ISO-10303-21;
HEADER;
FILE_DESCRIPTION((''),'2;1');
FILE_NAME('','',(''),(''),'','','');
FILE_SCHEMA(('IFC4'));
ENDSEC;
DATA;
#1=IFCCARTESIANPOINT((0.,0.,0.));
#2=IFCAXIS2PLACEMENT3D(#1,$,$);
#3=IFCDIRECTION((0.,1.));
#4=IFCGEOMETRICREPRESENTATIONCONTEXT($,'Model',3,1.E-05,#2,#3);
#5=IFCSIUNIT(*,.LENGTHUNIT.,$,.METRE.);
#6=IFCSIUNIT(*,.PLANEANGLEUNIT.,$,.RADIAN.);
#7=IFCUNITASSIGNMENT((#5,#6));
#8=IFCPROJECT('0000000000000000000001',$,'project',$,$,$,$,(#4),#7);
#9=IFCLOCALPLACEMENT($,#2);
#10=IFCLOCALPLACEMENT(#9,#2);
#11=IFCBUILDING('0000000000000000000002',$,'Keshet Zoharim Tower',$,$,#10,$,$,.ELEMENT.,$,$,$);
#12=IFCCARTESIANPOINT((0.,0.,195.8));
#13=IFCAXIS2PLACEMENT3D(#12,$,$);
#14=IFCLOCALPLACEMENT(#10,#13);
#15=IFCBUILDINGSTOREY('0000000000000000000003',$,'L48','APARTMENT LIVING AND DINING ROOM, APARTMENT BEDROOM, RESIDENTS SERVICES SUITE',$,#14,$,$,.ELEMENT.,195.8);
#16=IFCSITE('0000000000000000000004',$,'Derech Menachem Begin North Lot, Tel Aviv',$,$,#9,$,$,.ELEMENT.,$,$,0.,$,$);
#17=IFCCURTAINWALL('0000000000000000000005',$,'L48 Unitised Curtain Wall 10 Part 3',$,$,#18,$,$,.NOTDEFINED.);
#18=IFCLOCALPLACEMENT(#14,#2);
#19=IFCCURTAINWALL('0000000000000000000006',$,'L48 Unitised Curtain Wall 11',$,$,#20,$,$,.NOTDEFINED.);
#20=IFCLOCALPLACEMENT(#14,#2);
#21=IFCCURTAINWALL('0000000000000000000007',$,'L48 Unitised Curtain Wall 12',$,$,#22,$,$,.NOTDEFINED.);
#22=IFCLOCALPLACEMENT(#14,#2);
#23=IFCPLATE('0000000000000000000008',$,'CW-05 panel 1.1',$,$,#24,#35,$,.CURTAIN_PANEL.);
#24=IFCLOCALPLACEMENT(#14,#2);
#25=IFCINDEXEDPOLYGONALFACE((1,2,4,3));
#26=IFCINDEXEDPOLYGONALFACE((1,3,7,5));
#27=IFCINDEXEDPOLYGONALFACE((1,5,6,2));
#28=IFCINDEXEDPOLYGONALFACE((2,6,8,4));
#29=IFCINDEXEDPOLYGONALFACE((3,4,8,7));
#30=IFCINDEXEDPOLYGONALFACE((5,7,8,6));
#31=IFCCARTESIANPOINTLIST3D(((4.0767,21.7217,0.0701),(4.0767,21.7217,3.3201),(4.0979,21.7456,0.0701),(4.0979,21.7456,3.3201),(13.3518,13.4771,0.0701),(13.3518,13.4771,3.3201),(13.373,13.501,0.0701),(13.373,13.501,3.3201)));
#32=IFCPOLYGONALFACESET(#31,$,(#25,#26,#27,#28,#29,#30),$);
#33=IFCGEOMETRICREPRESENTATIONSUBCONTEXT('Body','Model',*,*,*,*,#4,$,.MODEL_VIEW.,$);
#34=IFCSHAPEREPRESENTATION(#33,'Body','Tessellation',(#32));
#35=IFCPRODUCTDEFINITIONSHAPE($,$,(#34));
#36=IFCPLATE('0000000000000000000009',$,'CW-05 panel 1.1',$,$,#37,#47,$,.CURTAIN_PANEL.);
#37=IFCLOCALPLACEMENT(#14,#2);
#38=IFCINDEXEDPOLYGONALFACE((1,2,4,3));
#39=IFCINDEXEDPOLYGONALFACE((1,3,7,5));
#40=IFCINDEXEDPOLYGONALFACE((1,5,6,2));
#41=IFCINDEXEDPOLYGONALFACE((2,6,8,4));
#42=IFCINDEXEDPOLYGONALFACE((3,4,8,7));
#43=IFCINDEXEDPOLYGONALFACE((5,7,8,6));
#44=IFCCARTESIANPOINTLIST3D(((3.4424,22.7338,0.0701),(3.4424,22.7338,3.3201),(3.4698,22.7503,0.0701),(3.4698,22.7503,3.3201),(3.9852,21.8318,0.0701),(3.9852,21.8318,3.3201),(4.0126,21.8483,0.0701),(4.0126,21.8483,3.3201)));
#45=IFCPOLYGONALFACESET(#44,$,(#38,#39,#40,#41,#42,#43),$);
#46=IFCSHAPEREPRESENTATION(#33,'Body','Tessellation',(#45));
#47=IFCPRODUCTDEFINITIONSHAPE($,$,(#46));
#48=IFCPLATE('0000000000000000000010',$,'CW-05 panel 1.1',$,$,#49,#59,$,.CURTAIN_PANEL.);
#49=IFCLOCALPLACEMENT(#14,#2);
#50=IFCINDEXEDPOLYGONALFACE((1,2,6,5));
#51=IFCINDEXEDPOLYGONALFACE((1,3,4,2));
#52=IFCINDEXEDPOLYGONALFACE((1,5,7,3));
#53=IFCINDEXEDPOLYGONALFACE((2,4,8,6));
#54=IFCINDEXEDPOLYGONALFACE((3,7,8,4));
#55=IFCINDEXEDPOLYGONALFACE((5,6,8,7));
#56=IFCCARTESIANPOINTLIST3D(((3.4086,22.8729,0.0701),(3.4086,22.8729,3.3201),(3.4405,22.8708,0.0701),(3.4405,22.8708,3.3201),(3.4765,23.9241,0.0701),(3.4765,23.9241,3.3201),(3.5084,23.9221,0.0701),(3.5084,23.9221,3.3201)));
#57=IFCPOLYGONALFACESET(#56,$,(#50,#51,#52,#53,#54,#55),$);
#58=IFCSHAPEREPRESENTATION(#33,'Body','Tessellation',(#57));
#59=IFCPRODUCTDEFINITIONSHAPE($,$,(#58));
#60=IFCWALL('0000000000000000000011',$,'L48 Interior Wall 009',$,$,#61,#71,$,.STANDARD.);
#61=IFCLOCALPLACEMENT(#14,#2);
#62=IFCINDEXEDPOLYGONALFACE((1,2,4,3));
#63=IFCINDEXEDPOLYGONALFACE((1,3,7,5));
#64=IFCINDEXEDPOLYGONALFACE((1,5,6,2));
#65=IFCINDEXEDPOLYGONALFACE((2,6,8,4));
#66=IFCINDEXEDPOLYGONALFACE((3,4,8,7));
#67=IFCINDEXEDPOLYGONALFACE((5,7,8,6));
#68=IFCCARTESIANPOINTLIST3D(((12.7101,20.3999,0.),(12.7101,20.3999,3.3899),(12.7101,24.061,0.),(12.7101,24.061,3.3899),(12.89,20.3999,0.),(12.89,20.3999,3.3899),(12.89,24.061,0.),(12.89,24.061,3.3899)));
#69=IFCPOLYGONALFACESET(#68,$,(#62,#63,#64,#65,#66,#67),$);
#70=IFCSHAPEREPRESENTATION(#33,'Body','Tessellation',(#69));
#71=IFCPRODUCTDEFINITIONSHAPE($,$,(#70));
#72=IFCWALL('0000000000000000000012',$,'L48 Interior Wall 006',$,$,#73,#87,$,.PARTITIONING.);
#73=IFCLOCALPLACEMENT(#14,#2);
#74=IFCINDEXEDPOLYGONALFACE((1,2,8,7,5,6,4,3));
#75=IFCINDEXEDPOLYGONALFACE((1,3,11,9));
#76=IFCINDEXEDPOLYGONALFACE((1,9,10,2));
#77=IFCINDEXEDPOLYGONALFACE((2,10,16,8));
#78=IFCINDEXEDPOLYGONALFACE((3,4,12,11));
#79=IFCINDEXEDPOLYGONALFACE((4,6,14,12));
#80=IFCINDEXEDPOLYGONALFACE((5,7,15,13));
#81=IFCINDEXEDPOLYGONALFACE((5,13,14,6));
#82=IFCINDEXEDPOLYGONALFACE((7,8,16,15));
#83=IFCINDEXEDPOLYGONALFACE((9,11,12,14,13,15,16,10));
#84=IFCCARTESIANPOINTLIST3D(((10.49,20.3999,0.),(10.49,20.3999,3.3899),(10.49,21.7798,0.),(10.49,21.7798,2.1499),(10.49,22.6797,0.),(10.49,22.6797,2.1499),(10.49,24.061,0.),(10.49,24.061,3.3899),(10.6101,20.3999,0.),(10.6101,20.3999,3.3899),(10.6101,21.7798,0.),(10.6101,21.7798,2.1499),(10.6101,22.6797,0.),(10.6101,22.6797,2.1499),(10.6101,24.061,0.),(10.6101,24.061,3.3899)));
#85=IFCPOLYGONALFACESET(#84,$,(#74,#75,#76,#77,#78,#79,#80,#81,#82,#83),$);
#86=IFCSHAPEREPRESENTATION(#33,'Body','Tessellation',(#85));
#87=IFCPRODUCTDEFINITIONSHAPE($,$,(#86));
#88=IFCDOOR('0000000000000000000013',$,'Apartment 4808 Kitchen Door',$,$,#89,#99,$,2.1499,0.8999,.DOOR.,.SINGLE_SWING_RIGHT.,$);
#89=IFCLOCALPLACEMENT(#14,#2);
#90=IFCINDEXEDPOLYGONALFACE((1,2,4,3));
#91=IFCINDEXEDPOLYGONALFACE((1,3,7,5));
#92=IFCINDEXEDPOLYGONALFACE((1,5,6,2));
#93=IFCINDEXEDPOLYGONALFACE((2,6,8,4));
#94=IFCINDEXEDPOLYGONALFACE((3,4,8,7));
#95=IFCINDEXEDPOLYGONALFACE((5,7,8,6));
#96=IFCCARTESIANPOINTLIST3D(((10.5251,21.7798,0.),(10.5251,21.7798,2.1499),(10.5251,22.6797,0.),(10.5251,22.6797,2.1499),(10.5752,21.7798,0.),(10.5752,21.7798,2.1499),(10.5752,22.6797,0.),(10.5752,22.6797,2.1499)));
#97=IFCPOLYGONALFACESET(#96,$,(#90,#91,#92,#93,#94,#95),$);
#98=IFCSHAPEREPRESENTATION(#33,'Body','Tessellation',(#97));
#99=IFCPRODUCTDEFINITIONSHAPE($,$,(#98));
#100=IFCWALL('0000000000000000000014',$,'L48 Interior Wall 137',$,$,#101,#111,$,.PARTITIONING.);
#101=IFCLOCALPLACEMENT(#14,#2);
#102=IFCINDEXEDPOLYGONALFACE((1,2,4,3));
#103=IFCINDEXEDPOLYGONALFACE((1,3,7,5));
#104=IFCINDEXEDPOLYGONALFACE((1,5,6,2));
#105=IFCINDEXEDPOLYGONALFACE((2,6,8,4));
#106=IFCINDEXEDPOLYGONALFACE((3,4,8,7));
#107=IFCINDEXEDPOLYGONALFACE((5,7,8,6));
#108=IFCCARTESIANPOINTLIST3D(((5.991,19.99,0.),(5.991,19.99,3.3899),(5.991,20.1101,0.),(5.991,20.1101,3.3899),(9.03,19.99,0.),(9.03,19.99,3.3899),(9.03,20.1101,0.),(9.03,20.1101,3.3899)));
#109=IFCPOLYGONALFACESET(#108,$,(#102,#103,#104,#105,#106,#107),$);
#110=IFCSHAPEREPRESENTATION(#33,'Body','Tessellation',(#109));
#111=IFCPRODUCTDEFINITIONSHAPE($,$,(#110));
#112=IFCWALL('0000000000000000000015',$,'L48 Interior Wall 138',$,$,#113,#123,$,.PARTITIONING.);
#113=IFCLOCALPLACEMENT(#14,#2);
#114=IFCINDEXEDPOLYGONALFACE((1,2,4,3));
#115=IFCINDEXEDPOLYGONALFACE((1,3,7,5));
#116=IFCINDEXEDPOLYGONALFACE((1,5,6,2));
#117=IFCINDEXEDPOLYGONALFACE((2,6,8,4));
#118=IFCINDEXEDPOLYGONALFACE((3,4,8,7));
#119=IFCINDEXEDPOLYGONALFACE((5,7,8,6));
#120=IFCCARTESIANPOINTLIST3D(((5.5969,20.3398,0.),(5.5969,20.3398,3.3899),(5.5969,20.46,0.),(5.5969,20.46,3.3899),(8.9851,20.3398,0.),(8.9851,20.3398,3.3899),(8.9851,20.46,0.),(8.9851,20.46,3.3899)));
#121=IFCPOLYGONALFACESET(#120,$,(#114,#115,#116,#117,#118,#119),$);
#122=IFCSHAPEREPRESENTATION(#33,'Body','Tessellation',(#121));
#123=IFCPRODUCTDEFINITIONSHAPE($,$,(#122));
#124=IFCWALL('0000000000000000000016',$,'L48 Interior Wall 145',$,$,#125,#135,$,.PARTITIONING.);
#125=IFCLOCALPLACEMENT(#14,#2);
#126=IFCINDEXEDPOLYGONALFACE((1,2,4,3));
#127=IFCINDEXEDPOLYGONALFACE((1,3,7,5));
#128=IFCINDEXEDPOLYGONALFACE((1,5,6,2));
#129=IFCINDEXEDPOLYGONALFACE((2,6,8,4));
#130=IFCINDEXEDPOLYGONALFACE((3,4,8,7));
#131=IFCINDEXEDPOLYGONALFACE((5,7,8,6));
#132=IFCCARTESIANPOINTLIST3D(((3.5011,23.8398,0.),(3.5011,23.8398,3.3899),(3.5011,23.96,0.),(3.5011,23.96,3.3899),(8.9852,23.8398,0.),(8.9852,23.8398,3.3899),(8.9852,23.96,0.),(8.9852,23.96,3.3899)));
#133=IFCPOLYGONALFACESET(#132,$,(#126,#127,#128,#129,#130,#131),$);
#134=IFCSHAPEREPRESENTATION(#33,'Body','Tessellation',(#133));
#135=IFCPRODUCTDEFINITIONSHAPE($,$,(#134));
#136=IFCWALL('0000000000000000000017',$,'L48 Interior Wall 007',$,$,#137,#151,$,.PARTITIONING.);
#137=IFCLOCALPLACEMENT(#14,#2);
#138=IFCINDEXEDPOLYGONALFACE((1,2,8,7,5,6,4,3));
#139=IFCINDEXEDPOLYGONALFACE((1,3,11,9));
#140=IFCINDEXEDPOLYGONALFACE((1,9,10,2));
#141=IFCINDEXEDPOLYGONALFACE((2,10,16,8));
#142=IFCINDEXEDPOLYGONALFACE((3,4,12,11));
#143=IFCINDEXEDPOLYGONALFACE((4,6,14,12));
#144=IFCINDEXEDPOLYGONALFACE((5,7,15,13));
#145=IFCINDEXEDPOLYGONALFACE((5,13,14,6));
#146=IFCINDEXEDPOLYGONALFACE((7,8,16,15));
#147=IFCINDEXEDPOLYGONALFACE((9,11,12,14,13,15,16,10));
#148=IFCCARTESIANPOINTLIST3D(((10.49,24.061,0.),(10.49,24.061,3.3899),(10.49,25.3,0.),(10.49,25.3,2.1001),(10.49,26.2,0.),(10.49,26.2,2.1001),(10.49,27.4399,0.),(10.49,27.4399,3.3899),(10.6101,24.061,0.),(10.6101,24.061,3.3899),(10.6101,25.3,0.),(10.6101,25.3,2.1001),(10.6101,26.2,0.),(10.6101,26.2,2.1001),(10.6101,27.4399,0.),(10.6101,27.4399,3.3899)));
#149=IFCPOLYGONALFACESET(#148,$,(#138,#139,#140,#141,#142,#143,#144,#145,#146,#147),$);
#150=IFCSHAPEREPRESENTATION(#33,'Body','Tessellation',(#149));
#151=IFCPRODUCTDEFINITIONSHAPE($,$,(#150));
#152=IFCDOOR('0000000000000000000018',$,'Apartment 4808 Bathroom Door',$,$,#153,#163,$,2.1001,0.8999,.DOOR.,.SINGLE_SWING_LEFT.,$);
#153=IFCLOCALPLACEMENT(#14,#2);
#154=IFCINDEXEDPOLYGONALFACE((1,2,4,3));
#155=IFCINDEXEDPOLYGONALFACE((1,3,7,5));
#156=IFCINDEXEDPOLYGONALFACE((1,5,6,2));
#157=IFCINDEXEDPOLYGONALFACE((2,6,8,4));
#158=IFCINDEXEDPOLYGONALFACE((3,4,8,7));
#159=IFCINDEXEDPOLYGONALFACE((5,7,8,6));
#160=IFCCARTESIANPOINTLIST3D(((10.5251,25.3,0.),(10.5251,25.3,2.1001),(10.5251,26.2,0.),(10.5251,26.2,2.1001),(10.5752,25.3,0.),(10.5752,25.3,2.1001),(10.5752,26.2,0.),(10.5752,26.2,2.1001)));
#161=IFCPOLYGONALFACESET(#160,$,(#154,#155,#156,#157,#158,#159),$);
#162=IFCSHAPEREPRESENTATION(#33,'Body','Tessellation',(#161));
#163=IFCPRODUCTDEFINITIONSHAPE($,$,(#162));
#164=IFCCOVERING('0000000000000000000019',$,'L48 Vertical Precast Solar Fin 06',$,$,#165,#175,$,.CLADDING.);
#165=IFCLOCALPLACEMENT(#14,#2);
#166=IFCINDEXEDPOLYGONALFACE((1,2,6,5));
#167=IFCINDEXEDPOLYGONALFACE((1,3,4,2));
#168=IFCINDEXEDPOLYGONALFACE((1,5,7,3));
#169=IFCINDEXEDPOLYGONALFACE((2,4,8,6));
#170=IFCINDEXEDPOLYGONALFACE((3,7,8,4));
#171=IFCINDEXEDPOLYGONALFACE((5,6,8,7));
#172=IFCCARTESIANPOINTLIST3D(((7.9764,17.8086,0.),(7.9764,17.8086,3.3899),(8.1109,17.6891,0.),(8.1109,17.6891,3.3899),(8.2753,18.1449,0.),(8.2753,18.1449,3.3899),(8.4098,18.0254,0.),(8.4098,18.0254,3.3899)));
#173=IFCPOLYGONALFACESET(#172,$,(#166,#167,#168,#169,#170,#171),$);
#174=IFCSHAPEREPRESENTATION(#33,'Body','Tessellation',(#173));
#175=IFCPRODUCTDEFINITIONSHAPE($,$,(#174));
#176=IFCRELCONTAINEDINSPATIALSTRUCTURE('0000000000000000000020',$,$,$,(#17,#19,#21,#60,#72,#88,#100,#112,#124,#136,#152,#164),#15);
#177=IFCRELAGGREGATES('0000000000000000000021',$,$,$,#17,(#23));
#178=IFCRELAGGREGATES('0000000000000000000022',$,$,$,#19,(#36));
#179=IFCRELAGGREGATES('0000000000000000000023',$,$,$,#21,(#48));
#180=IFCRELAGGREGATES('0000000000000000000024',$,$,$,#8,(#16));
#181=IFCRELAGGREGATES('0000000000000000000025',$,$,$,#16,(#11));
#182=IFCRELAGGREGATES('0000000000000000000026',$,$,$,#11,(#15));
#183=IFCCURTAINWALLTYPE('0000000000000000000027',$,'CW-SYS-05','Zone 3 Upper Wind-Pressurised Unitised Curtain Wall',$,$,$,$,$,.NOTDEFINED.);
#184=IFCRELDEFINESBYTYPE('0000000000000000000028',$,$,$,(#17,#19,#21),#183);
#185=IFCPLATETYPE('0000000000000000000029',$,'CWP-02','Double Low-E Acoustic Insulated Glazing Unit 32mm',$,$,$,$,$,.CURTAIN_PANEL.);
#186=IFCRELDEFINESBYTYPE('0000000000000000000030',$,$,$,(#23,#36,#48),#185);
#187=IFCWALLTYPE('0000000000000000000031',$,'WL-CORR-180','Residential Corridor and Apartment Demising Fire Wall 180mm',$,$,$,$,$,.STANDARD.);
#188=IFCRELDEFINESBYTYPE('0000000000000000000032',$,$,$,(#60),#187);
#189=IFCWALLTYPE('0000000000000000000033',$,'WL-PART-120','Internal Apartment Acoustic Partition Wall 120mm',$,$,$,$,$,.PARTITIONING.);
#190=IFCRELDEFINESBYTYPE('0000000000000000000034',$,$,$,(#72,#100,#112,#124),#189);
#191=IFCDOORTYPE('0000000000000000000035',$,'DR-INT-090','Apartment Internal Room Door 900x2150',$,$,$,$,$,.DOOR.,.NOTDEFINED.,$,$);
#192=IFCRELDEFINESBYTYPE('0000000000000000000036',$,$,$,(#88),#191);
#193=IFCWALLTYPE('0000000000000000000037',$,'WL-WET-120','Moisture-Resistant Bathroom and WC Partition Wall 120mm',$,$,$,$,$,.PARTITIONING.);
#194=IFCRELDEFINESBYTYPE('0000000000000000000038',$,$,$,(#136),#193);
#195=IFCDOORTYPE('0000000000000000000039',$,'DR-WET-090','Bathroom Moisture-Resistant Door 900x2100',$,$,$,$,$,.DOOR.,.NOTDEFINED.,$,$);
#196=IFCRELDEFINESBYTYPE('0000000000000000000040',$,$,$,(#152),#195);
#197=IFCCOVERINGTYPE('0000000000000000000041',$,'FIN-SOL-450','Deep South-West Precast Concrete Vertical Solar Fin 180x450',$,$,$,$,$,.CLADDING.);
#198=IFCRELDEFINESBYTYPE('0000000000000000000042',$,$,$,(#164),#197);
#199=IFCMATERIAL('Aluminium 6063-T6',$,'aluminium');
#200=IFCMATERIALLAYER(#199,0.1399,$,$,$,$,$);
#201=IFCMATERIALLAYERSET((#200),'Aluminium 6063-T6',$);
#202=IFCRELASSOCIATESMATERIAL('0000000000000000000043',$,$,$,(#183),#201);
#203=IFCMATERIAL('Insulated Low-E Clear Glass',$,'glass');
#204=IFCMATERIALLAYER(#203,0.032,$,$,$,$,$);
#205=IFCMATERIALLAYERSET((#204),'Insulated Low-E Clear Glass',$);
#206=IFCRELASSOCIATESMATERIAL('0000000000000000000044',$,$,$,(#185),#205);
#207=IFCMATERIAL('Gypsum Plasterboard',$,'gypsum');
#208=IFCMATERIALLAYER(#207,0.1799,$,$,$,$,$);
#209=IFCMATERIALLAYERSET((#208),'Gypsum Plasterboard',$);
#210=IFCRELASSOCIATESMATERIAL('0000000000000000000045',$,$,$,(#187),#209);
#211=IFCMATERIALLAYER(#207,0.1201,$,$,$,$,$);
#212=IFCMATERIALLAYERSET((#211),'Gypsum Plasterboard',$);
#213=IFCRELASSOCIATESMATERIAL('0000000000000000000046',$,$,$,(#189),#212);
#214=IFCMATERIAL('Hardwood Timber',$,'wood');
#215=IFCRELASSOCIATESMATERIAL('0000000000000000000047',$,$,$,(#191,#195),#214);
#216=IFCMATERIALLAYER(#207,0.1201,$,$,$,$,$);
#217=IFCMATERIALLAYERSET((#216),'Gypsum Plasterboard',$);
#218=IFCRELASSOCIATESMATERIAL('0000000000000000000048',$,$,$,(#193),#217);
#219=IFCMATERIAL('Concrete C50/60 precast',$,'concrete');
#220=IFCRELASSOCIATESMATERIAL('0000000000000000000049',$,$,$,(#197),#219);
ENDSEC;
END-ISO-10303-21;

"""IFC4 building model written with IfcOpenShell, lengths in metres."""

from ifc_helpers import new_model, si_unit, direction, frame, frame_2d, origin, origin_2d, place, context, subcontext, project, spatial, rectangle, extrude, material, layer, layer_set, type_object, element, fill, aggregate, save


model = new_model("IFC4")

# Units and contexts
model_context = context("Model", 3, precision=1e-05, world=origin(), true_north=direction((0.0, 1.0)))
body_context = subcontext(model_context, "Body", "Model", "MODEL_VIEW")
ifc_project = project(units=[si_unit("LENGTHUNIT", "METRE"), si_unit("PLANEANGLEUNIT", "RADIAN")], contexts=[model_context])

# Site, building, storey
site_placement = place(None, origin())
site = spatial("IfcSite", under=ifc_project, at=site_placement, Name="Derech Menachem Begin North Lot, Tel Aviv", CompositionType="ELEMENT", RefElevation=0.0)
building_placement = place(site_placement, origin())
building = spatial("IfcBuilding", under=site, at=building_placement, Name="Keshet Zoharim Tower", CompositionType="ELEMENT")
storey_placement = place(building_placement, frame((0.0, 0.0, 195.8)))
storey = spatial("IfcBuildingStorey", under=building, at=storey_placement, Name="L48", Description="APARTMENT LIVING AND DINING ROOM, APARTMENT BEDROOM, RESIDENTS SERVICES SUITE", CompositionType="ELEMENT", Elevation=195.8)

# Curtain wall
ifc_material_1 = material(Name="Aluminium 6063-T6", Category="aluminium")
ifc_layer_1 = layer(ifc_material_1, 0.1399)
ifc_layer_set_1 = layer_set([ifc_layer_1], Name="Aluminium 6063-T6")
curtain_wall_type = type_object("IfcCurtainWallType", Name="CW-SYS-05", Description="Zone 3 Upper Wind-Pressurised Unitised Curtain Wall", PredefinedType="NOTDEFINED", material=ifc_layer_set_1)
curtain_wall_1_placement = place(storey_placement, origin())
curtain_wall_1 = element("IfcCurtainWall", 1, at=curtain_wall_1_placement, inside=storey, type_object=curtain_wall_type, Name="L48 Unitised Curtain Wall 10 Part 3", PredefinedType="NOTDEFINED")

# Curtain walls
curtain_wall_2_placement = place(storey_placement, origin())
curtain_wall_2 = element("IfcCurtainWall", 2, at=curtain_wall_2_placement, inside=storey, type_object=curtain_wall_type, Name="L48 Unitised Curtain Wall 11", PredefinedType="NOTDEFINED")
curtain_wall_3_placement = place(storey_placement, origin())
curtain_wall_3 = element("IfcCurtainWall", 3, at=curtain_wall_3_placement, inside=storey, type_object=curtain_wall_type, Name="L48 Unitised Curtain Wall 12", PredefinedType="NOTDEFINED")

# Plates
ifc_material_2 = material(Name="Insulated Low-E Clear Glass", Category="glass")
ifc_layer_2 = layer(ifc_material_2, 0.032)
ifc_layer_set_2 = layer_set([ifc_layer_2], Name="Insulated Low-E Clear Glass")
plate_type = type_object("IfcPlateType", Name="CWP-02", Description="Double Low-E Acoustic Insulated Glazing Unit 32mm", PredefinedType="CURTAIN_PANEL", material=ifc_layer_set_2)
plate_1_placement = place(storey_placement, frame((8.7249, 17.6113, 0.0701), z_axis=(0.0, 0.0, 1.0), x_axis=(-0.747407, 0.664367, 0.0)))
plate_1 = element("IfcPlate", 4, at=plate_1_placement, type_object=plate_type, Name="CW-05 panel 1.1", PredefinedType="CURTAIN_PANEL", context=body_context, shape_type="SweptSolid", body=[
    extrude(rectangle(XDim=12.4097, YDim=0.032, at=origin_2d()), origin(), (0.0, 0.0, 1.0), 3.25),
])
aggregate(curtain_wall_1, [plate_1])
plate_2_placement = place(storey_placement, frame((3.7275, 22.291, 0.0701), z_axis=(0.0, 0.0, 1.0), x_axis=(-0.515605, 0.856826, 0.0)))
plate_2 = element("IfcPlate", 5, at=plate_2_placement, type_object=plate_type, Name="CW-05 panel 1.1", PredefinedType="CURTAIN_PANEL", context=body_context, shape_type="SweptSolid", body=[
    extrude(rectangle(XDim=1.0527, YDim=0.032, at=origin_2d()), origin(), (0.0, 0.0, 1.0), 3.25),
])
aggregate(curtain_wall_2, [plate_2])
plate_3_placement = place(storey_placement, frame((3.4585, 23.3975, 0.0701), z_axis=(0.0, 0.0, 1.0), x_axis=(0.064517, 0.997917, 0.0)))
plate_3 = element("IfcPlate", 6, at=plate_3_placement, type_object=plate_type, Name="CW-05 panel 1.1", PredefinedType="CURTAIN_PANEL", context=body_context, shape_type="SweptSolid", body=[
    extrude(rectangle(XDim=1.0535, YDim=0.032, at=origin_2d()), origin(), (0.0, 0.0, 1.0), 3.25),
])
aggregate(curtain_wall_3, [plate_3])

# Wall
ifc_material_3 = material(Name="Gypsum Plasterboard", Category="gypsum")
ifc_layer_3 = layer(ifc_material_3, 0.1799)
ifc_layer_set_3 = layer_set([ifc_layer_3], Name="Gypsum Plasterboard")
wall_type_1 = type_object("IfcWallType", Name="WL-CORR-180", Description="Residential Corridor and Apartment Demising Fire Wall 180mm", PredefinedType="STANDARD", material=ifc_layer_set_3)
wall_1_placement = place(storey_placement, frame((12.8, 20.3999, 0.0), z_axis=(0.0, 0.0, 1.0), x_axis=(0.0, 1.0, 0.0)))
element("IfcWall", 7, at=wall_1_placement, inside=storey, type_object=wall_type_1, Name="L48 Interior Wall 009", PredefinedType="STANDARD", context=body_context, shape_type="SweptSolid", body=[
    extrude(rectangle(XDim=3.6611, YDim=0.1799, at=frame_2d((1.8306, 0.0))), origin(), (0.0, 0.0, 1.0), 3.3899),
])

# Shared definitions
ifc_layer_4 = layer(ifc_material_3, 0.1201)
ifc_layer_set_4 = layer_set([ifc_layer_4], Name="Gypsum Plasterboard")
wall_type_2 = type_object("IfcWallType", Name="WL-PART-120", Description="Internal Apartment Acoustic Partition Wall 120mm", PredefinedType="PARTITIONING", material=ifc_layer_set_4)
ifc_material_4 = material(Name="Hardwood Timber", Category="wood")
door_type_1 = type_object("IfcDoorType", Name="DR-INT-090", Description="Apartment Internal Room Door 900x2150", OperationType="NOTDEFINED", PredefinedType="DOOR", material=ifc_material_4)

# Wall, opening, door
wall_2_placement = place(storey_placement, frame((10.55, 20.3999, 0.0), z_axis=(0.0, 0.0, 1.0), x_axis=(0.0, 1.0, 0.0)))
wall_2 = element("IfcWall", 8, at=wall_2_placement, inside=storey, type_object=wall_type_2, Name="L48 Interior Wall 006", PredefinedType="PARTITIONING", context=body_context, shape_type="SweptSolid", body=[
    extrude(rectangle(XDim=3.6611, YDim=0.1201, at=frame_2d((1.8306, 0.0))), origin(), (0.0, 0.0, 1.0), 3.3899),
])
opening_1_placement = place(wall_2_placement, frame((1.3799, 0.0, 0.0)))
opening_1 = element("IfcOpeningElement", 9, at=opening_1_placement, cuts=wall_2, PredefinedType="OPENING", context=body_context, shape_type="SweptSolid", body=[
    extrude(rectangle(XDim=0.8999, YDim=2.1499, at=frame_2d((0.45, 1.075))), frame((0.0, 0.0701, 0.0), z_axis=(0.0, -1.0, 0.0), x_axis=(1.0, 0.0, 0.0)), (0.0, 0.0, 1.0), 0.1401),
])
door_1_placement = place(opening_1_placement, origin())
door_1 = element("IfcDoor", 10, at=door_1_placement, inside=storey, type_object=door_type_1, Name="Apartment 4808 Kitchen Door", OperationType="SINGLE_SWING_RIGHT", OverallHeight=2.1499, OverallWidth=0.8999, PredefinedType="DOOR", context=body_context, shape_type="SweptSolid", body=[
    extrude(rectangle(XDim=0.8999, YDim=2.1499, at=frame_2d((0.45, 1.075))), frame((0.0, 0.0249, 0.0), z_axis=(0.0, -1.0, 0.0), x_axis=(1.0, 0.0, 0.0)), (0.0, 0.0, 1.0), 0.05),
])
fill(opening_1, door_1)

# Walls
wall_3_placement = place(storey_placement, frame((5.991, 20.05, 0.0), z_axis=(0.0, 0.0, 1.0), x_axis=(1.0, 0.0, 0.0)))
element("IfcWall", 11, at=wall_3_placement, inside=storey, type_object=wall_type_2, Name="L48 Interior Wall 137", PredefinedType="PARTITIONING", context=body_context, shape_type="SweptSolid", body=[
    extrude(rectangle(XDim=3.0391, YDim=0.1201, at=frame_2d((1.5195, 0.0))), origin(), (0.0, 0.0, 1.0), 3.3899),
])
wall_4_placement = place(storey_placement, frame((5.5969, 20.3999, 0.0), z_axis=(0.0, 0.0, 1.0), x_axis=(1.0, 0.0, 0.0)))
element("IfcWall", 12, at=wall_4_placement, inside=storey, type_object=wall_type_2, Name="L48 Interior Wall 138", PredefinedType="PARTITIONING", context=body_context, shape_type="SweptSolid", body=[
    extrude(rectangle(XDim=3.3882, YDim=0.1201, at=frame_2d((1.6941, 0.0))), origin(), (0.0, 0.0, 1.0), 3.3899),
])
wall_5_placement = place(storey_placement, frame((3.501, 23.8999, 0.0), z_axis=(0.0, 0.0, 1.0), x_axis=(1.0, 0.0, 0.0)))
element("IfcWall", 13, at=wall_5_placement, inside=storey, type_object=wall_type_2, Name="L48 Interior Wall 145", PredefinedType="PARTITIONING", context=body_context, shape_type="SweptSolid", body=[
    extrude(rectangle(XDim=5.4841, YDim=0.1201, at=frame_2d((2.7422, 0.0))), origin(), (0.0, 0.0, 1.0), 3.3899),
])

# Wall, opening, door
ifc_layer_5 = layer(ifc_material_3, 0.1201)
ifc_layer_set_5 = layer_set([ifc_layer_5], Name="Gypsum Plasterboard")
wall_type_3 = type_object("IfcWallType", Name="WL-WET-120", Description="Moisture-Resistant Bathroom and WC Partition Wall 120mm", PredefinedType="PARTITIONING", material=ifc_layer_set_5)
wall_6_placement = place(storey_placement, frame((10.55, 24.061, 0.0), z_axis=(0.0, 0.0, 1.0), x_axis=(0.0, 1.0, 0.0)))
wall_6 = element("IfcWall", 14, at=wall_6_placement, inside=storey, type_object=wall_type_3, Name="L48 Interior Wall 007", PredefinedType="PARTITIONING", context=body_context, shape_type="SweptSolid", body=[
    extrude(rectangle(XDim=3.3789, YDim=0.1201, at=frame_2d((1.6895, 0.0))), origin(), (0.0, 0.0, 1.0), 3.3899),
])
opening_2_placement = place(wall_6_placement, frame((1.239, 0.0, 0.0)))
opening_2 = element("IfcOpeningElement", 15, at=opening_2_placement, cuts=wall_6, PredefinedType="OPENING", context=body_context, shape_type="SweptSolid", body=[
    extrude(rectangle(XDim=0.8999, YDim=2.1001, at=frame_2d((0.45, 1.05))), frame((0.0, 0.0701, 0.0), z_axis=(0.0, -1.0, 0.0), x_axis=(1.0, 0.0, 0.0)), (0.0, 0.0, 1.0), 0.1401),
])
door_type_2 = type_object("IfcDoorType", Name="DR-WET-090", Description="Bathroom Moisture-Resistant Door 900x2100", OperationType="NOTDEFINED", PredefinedType="DOOR", material=ifc_material_4)
door_2_placement = place(opening_2_placement, origin())
door_2 = element("IfcDoor", 16, at=door_2_placement, inside=storey, type_object=door_type_2, Name="Apartment 4808 Bathroom Door", OperationType="SINGLE_SWING_LEFT", OverallHeight=2.1001, OverallWidth=0.8999, PredefinedType="DOOR", context=body_context, shape_type="SweptSolid", body=[
    extrude(rectangle(XDim=0.8999, YDim=2.1001, at=frame_2d((0.45, 1.05))), frame((0.0, 0.0249, 0.0), z_axis=(0.0, -1.0, 0.0), x_axis=(1.0, 0.0, 0.0)), (0.0, 0.0, 1.0), 0.05),
])
fill(opening_2, door_2)

# Covering
ifc_material_5 = material(Name="Concrete C50/60 precast", Category="concrete")
covering_type = type_object("IfcCoveringType", Name="FIN-SOL-450", Description="Deep South-West Precast Concrete Vertical Solar Fin 180x450", PredefinedType="CLADDING", material=ifc_material_5)
covering_placement = place(storey_placement, frame((8.1931, 17.917, 0.0), z_axis=(0.0, 0.0, 1.0), x_axis=(-0.747409, 0.664364, 0.0)))
element("IfcCovering", 17, at=covering_placement, inside=storey, type_object=covering_type, Name="L48 Vertical Precast Solar Fin 06", PredefinedType="CLADDING", context=body_context, shape_type="SweptSolid", body=[
    extrude(rectangle(XDim=0.1799, YDim=0.45, at=origin_2d()), origin(), (0.0, 0.0, 1.0), 3.3899),
])

save(model, "model.ifc")
